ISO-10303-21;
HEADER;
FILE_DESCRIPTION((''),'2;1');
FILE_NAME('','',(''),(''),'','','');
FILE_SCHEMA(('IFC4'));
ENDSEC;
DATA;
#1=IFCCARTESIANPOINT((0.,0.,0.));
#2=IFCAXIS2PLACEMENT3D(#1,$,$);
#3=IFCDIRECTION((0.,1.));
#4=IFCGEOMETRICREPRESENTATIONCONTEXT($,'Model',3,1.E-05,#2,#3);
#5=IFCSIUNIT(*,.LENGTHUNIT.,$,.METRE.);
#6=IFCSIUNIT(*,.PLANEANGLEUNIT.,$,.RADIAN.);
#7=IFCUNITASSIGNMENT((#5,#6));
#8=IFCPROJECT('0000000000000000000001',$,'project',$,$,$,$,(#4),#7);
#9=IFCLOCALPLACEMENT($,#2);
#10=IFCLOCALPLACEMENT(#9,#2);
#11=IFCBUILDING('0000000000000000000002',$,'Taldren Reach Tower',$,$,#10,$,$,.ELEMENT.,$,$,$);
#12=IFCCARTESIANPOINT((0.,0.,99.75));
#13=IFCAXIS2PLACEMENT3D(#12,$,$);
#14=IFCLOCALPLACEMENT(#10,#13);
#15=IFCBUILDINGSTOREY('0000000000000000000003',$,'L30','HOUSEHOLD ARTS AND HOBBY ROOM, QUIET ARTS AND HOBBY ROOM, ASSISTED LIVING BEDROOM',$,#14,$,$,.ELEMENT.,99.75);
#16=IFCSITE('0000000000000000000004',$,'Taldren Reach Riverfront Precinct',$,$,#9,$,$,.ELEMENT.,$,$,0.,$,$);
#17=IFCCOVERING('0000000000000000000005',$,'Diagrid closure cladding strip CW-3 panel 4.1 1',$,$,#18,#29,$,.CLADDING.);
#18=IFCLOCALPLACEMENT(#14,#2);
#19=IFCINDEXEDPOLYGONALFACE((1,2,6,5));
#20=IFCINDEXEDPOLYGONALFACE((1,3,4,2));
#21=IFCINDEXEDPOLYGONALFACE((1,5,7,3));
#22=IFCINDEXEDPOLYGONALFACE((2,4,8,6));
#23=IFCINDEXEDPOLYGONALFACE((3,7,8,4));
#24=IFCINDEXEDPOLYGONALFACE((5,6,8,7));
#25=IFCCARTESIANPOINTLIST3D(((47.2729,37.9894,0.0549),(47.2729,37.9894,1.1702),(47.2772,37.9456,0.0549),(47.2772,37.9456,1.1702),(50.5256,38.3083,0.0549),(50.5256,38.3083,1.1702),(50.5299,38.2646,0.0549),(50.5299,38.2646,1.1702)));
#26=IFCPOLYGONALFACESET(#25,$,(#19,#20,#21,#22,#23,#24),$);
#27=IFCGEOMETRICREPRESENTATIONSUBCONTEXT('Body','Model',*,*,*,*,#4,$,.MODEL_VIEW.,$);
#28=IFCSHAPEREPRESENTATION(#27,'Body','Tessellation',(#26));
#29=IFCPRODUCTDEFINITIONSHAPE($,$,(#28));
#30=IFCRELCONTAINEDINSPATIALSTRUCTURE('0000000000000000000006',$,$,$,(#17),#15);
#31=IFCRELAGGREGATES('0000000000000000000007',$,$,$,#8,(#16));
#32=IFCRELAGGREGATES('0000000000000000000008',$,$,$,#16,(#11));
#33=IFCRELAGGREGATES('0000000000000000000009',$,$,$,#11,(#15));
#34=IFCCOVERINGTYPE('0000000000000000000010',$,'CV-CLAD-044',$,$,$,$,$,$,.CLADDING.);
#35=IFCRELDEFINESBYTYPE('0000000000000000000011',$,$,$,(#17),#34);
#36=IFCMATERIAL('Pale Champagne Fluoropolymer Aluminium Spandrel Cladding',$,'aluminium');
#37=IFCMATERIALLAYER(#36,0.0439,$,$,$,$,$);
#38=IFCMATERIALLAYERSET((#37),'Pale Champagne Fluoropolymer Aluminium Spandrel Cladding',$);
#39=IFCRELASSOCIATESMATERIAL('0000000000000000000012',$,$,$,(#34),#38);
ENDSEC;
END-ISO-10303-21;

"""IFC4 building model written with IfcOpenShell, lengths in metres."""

from ifc_helpers import new_model, si_unit, direction, frame, origin, origin_2d, place, context, subcontext, project, spatial, rectangle, extrude, source, transform, mapped, material, layer, layer_set, type_object, element, save


model = new_model("IFC4")

# Units and contexts
model_context = context("Model", 3, precision=1e-05, world=origin(), true_north=direction((0.0, 1.0)))
body_context = subcontext(model_context, "Body", "Model", "MODEL_VIEW")
ifc_project = project(units=[si_unit("LENGTHUNIT", "METRE"), si_unit("PLANEANGLEUNIT", "RADIAN")], contexts=[model_context])

# Site, building, storey
site_placement = place(None, origin())
site = spatial("IfcSite", under=ifc_project, at=site_placement, Name="Taldren Reach Riverfront Precinct", CompositionType="ELEMENT", RefElevation=0.0)
building_placement = place(site_placement, origin())
building = spatial("IfcBuilding", under=site, at=building_placement, Name="Taldren Reach Tower", CompositionType="ELEMENT")
storey_placement = place(building_placement, frame((0.0, 0.0, 99.75)))
storey = spatial("IfcBuildingStorey", under=building, at=storey_placement, Name="L30", Description="HOUSEHOLD ARTS AND HOBBY ROOM, QUIET ARTS AND HOBBY ROOM, ASSISTED LIVING BEDROOM", CompositionType="ELEMENT", Elevation=99.75)

# Covering
ifc_material_1 = material(Name="Pale Champagne Fluoropolymer Aluminium Spandrel Cladding", Category="aluminium")
ifc_layer_1 = layer(ifc_material_1, 0.0439)
ifc_layer_set_1 = layer_set([ifc_layer_1], Name="Pale Champagne Fluoropolymer Aluminium Spandrel Cladding")
covering_type = type_object("IfcCoveringType", Name="CV-CLAD-044", PredefinedType="CLADDING", material=ifc_layer_set_1)
shared_shape_1 = source(origin(), body_context, "Body", "SweptSolid", [
    extrude(rectangle(XDim=3.2683, YDim=0.0439, at=origin_2d()), origin(), (0.0, 0.0, 1.0), 1.1152),
])
covering_1_placement = place(storey_placement, frame((48.9014, 38.127, 0.0549), z_axis=(0.0, 0.0, 1.0), x_axis=(-0.995227, -0.097583, 0.0)))
element("IfcCovering", 1, at=covering_1_placement, inside=storey, type_object=covering_type, Name="Diagrid closure cladding strip CW-3 panel 4.1 1", PredefinedType="CLADDING", context=body_context, shape_type="MappedRepresentation", body=[
    mapped(shared_shape_1, transform((0.0, 0.0, 0.0), scale=1.0)),
])

save(model, "model.ifc")
